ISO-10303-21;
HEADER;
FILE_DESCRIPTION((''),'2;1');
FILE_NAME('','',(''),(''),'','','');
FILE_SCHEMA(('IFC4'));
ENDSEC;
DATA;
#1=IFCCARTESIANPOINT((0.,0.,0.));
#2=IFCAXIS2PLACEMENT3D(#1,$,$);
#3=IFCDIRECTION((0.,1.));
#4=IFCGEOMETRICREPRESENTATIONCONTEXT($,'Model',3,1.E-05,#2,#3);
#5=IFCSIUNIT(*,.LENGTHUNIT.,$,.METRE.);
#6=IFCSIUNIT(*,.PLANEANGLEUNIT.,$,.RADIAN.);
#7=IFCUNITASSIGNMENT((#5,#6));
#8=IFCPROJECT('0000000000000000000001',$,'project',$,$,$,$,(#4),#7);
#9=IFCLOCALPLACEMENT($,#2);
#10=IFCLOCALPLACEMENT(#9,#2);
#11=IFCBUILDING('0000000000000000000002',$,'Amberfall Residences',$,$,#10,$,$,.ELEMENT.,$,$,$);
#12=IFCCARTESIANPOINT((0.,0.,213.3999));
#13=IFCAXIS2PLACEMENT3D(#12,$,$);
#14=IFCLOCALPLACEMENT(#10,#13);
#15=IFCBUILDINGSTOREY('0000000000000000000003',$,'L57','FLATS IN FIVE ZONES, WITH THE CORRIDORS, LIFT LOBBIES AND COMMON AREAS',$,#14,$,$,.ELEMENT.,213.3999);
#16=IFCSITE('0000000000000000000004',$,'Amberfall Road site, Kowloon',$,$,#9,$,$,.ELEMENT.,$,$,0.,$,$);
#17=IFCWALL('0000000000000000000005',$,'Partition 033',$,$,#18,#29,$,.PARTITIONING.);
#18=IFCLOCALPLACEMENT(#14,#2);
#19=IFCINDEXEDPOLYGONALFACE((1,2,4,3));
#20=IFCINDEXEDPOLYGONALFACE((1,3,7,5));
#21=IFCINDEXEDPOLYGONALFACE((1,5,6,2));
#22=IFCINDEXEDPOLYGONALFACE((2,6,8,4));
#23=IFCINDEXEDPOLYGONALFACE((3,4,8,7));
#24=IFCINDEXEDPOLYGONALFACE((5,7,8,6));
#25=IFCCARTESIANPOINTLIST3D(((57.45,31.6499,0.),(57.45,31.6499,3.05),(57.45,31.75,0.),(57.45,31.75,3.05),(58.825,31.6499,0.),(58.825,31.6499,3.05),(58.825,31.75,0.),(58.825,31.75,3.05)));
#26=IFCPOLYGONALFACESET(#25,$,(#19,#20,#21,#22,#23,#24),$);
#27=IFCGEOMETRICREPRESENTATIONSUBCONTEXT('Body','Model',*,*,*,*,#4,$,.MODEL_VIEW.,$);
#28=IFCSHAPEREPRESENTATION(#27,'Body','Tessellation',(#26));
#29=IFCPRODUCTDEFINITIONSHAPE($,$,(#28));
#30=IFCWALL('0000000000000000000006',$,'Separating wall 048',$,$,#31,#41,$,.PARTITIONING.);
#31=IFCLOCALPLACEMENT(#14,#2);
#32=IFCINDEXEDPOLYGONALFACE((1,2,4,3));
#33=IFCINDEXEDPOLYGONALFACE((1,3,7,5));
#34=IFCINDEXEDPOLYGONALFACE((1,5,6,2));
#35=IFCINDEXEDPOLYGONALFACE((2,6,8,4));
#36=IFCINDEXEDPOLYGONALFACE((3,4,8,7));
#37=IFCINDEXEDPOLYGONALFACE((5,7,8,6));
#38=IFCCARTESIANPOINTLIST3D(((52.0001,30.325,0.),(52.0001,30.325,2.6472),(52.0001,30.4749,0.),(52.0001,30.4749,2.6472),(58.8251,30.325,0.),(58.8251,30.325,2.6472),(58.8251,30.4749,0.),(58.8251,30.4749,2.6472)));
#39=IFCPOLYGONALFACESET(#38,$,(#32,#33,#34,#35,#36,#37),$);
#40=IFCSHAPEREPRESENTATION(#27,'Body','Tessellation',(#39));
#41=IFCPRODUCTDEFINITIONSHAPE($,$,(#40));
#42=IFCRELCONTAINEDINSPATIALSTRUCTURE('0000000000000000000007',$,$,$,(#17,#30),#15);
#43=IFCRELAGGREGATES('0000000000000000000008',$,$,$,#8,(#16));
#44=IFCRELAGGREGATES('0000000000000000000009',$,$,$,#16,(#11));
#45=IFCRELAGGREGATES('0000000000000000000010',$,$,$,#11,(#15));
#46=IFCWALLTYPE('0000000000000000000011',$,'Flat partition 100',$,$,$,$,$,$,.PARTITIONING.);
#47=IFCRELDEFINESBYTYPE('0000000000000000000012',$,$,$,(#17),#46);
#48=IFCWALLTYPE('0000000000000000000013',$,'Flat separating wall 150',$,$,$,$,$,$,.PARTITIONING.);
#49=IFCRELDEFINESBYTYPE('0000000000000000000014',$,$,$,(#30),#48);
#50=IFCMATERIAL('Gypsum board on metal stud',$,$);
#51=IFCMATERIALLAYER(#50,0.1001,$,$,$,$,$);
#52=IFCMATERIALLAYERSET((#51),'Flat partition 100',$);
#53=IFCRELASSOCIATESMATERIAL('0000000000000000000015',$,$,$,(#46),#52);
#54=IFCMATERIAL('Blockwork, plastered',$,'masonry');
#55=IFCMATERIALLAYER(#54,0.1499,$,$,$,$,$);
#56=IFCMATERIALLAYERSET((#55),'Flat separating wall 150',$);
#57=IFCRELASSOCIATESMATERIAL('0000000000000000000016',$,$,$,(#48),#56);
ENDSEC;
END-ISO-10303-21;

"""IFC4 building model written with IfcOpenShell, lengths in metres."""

from ifc_helpers import new_model, si_unit, direction, frame, frame_2d, origin, place, context, subcontext, project, spatial, rectangle, extrude, material, layer, layer_set, type_object, element, save


model = new_model("IFC4")

# Units and contexts
model_context = context("Model", 3, precision=1e-05, world=origin(), true_north=direction((0.0, 1.0)))
body_context = subcontext(model_context, "Body", "Model", "MODEL_VIEW")
ifc_project = project(units=[si_unit("LENGTHUNIT", "METRE"), si_unit("PLANEANGLEUNIT", "RADIAN")], contexts=[model_context])

# Site, building, storey
site_placement = place(None, origin())
site = spatial("IfcSite", under=ifc_project, at=site_placement, Name="Amberfall Road site, Kowloon", CompositionType="ELEMENT", RefElevation=0.0)
building_placement = place(site_placement, origin())
building = spatial("IfcBuilding", under=site, at=building_placement, Name="Amberfall Residences", CompositionType="ELEMENT")
storey_placement = place(building_placement, frame((0.0, 0.0, 213.3999)))
storey = spatial("IfcBuildingStorey", under=building, at=storey_placement, Name="L57", Description="FLATS IN FIVE ZONES, WITH THE CORRIDORS, LIFT LOBBIES AND COMMON AREAS", CompositionType="ELEMENT", Elevation=213.3999)

# Shared definitions
ifc_material_1 = material(Name="Gypsum board on metal stud")
ifc_layer_1 = layer(ifc_material_1, 0.1001)
ifc_layer_set_1 = layer_set([ifc_layer_1], Name="Flat partition 100")
wall_type_1 = type_object("IfcWallType", Name="Flat partition 100", PredefinedType="PARTITIONING", material=ifc_layer_set_1)

# Walls
wall_1_placement = place(storey_placement, frame((57.45, 31.7, 0.0), z_axis=(0.0, 0.0, 1.0), x_axis=(1.0, 0.0, 0.0)))
element("IfcWall", 1, at=wall_1_placement, inside=storey, type_object=wall_type_1, Name="Partition 033", PredefinedType="PARTITIONING", context=body_context, shape_type="SweptSolid", body=[
    extrude(rectangle(XDim=1.375, YDim=0.1001, at=frame_2d((0.6875, 0.0))), origin(), (0.0, 0.0, 1.0), 3.05),
])
ifc_material_2 = material(Name="Blockwork, plastered", Category="masonry")
ifc_layer_2 = layer(ifc_material_2, 0.1499)
ifc_layer_set_2 = layer_set([ifc_layer_2], Name="Flat separating wall 150")
wall_type_2 = type_object("IfcWallType", Name="Flat separating wall 150", PredefinedType="PARTITIONING", material=ifc_layer_set_2)
wall_2_placement = place(storey_placement, frame((52.0, 30.3999, 0.0), z_axis=(0.0, 0.0, 1.0), x_axis=(1.0, 0.0, 0.0)))
element("IfcWall", 2, at=wall_2_placement, inside=storey, type_object=wall_type_2, Name="Separating wall 048", PredefinedType="PARTITIONING", context=body_context, shape_type="SweptSolid", body=[
    extrude(rectangle(XDim=6.825, YDim=0.1499, at=frame_2d((3.4126, 0.0))), origin(), (0.0, 0.0, 1.0), 2.6472),
])

save(model, "model.ifc")
